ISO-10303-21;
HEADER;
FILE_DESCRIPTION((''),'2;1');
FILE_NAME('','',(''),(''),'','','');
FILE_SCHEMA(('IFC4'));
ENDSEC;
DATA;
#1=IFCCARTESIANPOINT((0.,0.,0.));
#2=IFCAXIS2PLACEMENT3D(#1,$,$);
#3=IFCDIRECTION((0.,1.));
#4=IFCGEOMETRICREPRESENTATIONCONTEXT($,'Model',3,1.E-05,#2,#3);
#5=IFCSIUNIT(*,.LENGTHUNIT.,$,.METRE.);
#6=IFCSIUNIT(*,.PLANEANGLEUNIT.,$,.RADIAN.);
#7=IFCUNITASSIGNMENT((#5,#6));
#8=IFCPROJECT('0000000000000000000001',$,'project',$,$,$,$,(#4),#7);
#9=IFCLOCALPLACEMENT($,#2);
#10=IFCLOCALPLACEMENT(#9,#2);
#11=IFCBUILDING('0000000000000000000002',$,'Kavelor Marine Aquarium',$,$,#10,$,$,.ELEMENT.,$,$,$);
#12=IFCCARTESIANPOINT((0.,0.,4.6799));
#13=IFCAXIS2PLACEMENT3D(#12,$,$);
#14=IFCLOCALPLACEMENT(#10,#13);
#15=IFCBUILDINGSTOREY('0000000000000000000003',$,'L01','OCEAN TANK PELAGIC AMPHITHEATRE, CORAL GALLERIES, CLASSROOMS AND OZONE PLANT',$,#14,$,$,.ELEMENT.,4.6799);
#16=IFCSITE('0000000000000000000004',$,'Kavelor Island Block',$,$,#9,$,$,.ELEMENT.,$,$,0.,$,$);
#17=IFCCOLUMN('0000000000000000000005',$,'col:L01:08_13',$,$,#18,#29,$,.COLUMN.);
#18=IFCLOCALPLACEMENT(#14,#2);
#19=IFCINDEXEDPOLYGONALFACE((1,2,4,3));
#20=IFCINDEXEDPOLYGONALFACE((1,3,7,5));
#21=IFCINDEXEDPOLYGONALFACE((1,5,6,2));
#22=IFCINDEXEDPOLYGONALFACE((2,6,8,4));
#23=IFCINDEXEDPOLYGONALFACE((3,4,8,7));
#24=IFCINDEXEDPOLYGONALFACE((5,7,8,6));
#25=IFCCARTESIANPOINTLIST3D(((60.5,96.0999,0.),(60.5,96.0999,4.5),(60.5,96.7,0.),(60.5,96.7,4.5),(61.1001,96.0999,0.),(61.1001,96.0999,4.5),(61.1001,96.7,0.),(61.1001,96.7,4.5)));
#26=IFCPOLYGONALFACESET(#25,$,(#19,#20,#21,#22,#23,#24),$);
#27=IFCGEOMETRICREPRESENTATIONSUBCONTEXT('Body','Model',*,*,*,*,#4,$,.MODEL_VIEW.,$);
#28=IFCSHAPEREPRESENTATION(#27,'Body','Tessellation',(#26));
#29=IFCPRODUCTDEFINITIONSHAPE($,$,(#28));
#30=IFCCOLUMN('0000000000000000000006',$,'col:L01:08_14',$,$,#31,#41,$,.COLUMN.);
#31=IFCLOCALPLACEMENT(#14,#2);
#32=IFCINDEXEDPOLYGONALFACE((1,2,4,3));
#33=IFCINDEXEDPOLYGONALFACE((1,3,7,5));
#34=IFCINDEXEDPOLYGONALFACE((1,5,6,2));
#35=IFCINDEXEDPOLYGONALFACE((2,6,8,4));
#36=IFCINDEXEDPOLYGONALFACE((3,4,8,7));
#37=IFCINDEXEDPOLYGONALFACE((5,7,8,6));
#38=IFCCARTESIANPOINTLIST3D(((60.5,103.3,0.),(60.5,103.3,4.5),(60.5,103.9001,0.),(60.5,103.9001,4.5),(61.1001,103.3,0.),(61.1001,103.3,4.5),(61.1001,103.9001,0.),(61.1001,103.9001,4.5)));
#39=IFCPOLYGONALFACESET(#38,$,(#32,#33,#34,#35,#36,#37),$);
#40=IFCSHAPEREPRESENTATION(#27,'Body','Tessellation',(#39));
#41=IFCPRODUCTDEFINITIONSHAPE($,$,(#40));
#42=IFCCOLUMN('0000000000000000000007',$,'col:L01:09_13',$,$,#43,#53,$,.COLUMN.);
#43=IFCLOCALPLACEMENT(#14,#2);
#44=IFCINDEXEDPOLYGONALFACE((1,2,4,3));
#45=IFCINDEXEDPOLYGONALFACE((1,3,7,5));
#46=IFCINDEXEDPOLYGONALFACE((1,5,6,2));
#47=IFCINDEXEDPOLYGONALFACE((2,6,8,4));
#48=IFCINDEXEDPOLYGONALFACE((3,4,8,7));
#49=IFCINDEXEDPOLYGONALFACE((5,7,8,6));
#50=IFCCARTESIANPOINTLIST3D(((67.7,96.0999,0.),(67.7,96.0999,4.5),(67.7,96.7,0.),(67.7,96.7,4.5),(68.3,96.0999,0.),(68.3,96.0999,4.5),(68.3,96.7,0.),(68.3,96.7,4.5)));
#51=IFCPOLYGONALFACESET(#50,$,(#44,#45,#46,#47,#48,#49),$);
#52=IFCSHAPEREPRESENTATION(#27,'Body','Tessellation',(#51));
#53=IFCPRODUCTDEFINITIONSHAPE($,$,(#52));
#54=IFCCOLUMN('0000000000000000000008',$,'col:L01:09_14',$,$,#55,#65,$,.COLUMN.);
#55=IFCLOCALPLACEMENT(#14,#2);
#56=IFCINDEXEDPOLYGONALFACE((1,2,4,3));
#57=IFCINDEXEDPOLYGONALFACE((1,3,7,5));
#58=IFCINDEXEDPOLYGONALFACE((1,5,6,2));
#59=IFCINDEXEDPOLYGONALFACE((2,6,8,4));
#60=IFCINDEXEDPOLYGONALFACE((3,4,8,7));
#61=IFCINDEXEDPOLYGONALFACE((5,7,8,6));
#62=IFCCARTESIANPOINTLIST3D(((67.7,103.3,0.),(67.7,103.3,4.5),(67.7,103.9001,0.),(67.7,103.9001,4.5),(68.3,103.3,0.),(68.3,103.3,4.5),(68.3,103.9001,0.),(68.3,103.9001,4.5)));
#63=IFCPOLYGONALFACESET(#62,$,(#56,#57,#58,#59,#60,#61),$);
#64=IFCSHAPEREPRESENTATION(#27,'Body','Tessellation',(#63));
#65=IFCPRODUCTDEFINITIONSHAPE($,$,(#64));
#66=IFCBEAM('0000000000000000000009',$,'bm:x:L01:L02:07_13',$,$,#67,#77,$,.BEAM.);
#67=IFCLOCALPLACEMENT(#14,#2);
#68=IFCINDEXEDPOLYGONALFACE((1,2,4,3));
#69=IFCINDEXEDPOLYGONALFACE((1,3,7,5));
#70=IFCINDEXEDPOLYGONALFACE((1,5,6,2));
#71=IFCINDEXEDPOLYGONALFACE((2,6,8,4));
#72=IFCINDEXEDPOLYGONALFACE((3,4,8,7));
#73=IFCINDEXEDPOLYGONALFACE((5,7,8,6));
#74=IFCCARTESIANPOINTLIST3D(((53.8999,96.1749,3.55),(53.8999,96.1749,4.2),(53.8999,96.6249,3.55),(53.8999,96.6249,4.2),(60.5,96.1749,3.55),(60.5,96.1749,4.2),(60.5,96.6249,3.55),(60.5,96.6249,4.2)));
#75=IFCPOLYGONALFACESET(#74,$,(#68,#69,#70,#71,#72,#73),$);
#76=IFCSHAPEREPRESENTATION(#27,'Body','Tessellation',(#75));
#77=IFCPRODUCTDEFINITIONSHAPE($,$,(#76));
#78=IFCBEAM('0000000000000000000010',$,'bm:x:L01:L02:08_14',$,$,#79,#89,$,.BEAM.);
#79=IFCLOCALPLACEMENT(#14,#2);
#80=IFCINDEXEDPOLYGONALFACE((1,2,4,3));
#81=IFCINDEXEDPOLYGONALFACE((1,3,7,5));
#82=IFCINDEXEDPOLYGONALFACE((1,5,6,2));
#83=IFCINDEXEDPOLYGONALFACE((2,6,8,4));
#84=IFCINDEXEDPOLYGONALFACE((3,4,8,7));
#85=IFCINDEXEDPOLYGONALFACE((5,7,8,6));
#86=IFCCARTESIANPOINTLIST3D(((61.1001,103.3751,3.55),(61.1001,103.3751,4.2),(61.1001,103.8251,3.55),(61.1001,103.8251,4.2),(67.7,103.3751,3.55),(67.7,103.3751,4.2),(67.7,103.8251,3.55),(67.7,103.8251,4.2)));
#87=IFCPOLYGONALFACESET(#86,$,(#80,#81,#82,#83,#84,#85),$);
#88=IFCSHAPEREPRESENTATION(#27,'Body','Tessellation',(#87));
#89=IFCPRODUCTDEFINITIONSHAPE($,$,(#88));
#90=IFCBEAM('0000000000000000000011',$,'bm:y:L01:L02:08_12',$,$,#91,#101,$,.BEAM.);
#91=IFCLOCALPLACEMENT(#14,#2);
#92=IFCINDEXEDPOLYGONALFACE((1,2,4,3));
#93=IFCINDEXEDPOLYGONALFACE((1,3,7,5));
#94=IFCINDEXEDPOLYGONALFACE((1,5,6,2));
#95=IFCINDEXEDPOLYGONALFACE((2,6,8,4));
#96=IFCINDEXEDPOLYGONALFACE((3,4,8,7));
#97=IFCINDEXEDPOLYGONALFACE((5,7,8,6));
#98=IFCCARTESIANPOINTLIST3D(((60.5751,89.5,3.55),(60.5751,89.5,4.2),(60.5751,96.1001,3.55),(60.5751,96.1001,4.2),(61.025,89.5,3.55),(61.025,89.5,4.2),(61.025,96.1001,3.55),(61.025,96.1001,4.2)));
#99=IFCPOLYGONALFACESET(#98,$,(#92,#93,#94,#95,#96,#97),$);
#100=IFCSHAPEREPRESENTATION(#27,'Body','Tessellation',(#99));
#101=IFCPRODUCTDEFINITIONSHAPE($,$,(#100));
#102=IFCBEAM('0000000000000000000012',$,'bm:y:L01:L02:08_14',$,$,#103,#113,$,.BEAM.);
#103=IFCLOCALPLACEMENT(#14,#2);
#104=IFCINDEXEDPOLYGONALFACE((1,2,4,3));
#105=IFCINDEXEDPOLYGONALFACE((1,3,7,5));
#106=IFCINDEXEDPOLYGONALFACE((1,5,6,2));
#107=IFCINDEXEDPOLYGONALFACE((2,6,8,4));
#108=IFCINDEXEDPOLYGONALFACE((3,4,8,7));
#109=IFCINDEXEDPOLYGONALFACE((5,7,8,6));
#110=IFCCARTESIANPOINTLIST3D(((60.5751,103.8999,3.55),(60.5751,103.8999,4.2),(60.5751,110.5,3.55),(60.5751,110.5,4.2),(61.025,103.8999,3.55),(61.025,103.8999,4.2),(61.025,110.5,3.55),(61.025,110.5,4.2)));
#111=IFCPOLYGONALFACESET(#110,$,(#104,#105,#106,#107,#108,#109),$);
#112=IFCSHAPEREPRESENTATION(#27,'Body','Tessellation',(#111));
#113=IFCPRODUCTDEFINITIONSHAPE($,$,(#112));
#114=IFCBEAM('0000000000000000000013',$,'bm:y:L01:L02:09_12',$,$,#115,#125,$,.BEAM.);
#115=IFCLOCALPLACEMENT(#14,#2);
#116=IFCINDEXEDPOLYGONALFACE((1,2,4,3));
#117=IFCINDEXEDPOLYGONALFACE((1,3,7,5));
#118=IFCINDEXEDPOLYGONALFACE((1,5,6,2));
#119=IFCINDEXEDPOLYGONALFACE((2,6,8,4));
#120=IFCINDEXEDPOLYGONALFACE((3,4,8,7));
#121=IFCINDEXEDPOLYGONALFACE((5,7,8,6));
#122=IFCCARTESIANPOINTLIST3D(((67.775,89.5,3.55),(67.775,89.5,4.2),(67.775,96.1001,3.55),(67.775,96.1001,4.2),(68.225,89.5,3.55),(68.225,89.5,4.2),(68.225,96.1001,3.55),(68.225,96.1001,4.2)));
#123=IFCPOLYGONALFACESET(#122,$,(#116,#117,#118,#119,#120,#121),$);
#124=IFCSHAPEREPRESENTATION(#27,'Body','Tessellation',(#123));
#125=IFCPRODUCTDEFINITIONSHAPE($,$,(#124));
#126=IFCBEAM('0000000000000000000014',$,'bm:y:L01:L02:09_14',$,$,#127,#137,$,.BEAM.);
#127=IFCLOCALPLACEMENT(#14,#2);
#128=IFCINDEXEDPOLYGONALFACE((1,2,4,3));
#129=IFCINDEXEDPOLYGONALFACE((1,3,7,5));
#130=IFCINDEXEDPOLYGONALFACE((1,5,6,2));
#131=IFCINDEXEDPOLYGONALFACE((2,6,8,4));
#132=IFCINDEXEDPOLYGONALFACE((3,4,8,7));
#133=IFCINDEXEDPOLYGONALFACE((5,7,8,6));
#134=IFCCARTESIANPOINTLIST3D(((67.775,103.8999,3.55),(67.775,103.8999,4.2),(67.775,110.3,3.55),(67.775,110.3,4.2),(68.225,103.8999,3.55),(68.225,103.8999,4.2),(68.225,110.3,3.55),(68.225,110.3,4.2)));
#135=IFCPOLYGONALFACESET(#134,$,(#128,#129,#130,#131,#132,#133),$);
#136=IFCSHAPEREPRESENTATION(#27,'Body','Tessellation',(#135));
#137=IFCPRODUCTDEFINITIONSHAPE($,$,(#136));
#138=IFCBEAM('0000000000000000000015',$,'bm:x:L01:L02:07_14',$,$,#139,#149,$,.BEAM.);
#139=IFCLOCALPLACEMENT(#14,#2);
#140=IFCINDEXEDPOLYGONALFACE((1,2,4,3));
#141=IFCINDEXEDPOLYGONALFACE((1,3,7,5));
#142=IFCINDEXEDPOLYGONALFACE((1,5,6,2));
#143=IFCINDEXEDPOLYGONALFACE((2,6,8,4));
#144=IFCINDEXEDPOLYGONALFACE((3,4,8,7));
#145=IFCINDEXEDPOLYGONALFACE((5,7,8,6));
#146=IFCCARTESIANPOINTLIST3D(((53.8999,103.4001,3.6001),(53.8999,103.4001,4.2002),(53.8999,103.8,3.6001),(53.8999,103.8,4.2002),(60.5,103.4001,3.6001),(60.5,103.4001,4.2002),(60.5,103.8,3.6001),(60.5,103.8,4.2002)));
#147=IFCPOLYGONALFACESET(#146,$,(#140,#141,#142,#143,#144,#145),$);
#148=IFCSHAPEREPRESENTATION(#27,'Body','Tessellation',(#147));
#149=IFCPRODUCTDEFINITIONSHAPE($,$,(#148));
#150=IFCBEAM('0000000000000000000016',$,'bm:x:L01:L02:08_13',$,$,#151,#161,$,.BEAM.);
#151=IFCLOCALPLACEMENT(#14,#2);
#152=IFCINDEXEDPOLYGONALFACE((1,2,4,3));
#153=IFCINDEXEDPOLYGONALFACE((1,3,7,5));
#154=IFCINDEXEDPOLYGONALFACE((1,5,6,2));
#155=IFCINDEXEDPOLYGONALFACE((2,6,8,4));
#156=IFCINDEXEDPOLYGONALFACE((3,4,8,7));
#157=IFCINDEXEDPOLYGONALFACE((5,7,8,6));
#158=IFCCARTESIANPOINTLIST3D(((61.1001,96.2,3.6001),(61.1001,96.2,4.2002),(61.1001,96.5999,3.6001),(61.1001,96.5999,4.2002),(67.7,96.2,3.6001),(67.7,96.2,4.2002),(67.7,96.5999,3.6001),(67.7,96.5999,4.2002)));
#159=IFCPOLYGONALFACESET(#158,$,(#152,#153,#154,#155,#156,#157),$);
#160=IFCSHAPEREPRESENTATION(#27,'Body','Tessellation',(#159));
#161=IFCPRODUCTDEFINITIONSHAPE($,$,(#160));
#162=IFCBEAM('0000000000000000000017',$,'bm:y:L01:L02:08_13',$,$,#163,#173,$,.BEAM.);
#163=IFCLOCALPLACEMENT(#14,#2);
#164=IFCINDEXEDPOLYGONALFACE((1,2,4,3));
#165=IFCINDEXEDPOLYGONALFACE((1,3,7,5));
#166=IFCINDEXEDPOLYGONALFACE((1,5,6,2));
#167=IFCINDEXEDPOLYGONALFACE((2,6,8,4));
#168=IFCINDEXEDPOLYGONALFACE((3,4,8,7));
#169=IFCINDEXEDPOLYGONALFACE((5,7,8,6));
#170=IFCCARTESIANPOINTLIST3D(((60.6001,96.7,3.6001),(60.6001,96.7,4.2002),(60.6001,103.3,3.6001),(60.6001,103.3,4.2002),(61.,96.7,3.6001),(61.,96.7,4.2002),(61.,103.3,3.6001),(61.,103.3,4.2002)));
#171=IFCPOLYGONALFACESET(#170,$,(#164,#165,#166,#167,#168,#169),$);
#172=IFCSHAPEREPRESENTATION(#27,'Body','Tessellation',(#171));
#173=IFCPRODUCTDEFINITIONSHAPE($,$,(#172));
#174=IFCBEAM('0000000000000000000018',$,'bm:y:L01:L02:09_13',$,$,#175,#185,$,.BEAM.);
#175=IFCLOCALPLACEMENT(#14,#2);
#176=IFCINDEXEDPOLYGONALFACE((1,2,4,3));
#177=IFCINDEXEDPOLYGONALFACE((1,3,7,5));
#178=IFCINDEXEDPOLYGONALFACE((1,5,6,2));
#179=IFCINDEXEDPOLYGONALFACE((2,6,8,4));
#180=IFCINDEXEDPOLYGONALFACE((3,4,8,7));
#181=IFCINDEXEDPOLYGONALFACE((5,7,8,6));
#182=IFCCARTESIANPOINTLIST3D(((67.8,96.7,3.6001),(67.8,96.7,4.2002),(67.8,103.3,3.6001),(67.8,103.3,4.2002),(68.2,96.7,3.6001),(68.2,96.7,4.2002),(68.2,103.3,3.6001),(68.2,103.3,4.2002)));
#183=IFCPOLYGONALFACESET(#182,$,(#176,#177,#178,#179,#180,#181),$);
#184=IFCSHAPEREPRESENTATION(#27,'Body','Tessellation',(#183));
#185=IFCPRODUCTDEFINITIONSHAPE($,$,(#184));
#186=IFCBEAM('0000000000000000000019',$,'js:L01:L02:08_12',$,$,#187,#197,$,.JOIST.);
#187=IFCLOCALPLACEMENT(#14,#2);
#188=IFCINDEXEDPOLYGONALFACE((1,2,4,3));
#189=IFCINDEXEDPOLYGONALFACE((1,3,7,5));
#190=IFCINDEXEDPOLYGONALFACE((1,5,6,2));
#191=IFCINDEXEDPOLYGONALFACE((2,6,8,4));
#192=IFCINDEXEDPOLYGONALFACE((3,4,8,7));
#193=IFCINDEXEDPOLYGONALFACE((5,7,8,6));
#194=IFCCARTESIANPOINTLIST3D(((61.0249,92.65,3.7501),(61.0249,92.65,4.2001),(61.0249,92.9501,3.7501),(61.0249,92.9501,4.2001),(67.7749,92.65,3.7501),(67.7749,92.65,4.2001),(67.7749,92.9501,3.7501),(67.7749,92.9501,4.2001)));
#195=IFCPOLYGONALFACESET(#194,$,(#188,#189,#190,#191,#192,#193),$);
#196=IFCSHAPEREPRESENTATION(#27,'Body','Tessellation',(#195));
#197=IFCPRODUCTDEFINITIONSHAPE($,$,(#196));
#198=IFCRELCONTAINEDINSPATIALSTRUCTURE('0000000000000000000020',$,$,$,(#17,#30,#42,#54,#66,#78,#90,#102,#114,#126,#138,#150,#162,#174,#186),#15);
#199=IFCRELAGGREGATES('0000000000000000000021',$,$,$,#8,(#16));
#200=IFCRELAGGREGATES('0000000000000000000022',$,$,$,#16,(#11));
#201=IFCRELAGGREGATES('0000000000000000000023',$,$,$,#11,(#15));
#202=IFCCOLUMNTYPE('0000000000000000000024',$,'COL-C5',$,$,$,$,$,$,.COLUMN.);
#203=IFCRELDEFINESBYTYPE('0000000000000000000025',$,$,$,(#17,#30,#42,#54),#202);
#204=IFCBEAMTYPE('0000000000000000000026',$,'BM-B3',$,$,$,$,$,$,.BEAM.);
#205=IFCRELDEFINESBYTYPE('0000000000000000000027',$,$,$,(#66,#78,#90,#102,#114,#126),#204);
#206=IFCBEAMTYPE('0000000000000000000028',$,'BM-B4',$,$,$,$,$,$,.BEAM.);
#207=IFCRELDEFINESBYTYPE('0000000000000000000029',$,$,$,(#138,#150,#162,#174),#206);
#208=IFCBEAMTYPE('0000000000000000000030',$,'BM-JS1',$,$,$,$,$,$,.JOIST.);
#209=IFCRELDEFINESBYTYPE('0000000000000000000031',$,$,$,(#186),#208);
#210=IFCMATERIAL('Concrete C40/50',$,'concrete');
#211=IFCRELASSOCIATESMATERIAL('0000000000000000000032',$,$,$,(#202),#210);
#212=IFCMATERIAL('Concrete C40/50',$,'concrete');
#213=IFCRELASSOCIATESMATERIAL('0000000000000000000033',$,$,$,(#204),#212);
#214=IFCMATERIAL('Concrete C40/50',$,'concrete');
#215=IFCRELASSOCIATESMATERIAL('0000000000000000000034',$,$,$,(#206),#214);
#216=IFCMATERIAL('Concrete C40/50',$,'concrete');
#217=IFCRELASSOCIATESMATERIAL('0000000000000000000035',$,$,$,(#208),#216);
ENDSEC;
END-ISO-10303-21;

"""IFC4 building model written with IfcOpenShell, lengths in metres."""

from ifc_helpers import new_model, si_unit, direction, frame, origin, origin_2d, place, context, subcontext, project, spatial, rectangle, extrude, material, material_profile, profile_set, type_object, element, save


model = new_model("IFC4")

# Units and contexts
model_context = context("Model", 3, precision=1e-05, world=origin(), true_north=direction((0.0, 1.0)))
body_context = subcontext(model_context, "Body", "Model", "MODEL_VIEW")
ifc_project = project(units=[si_unit("LENGTHUNIT", "METRE"), si_unit("PLANEANGLEUNIT", "RADIAN")], contexts=[model_context])

# Site, building, storey
site_placement = place(None, origin())
site = spatial("IfcSite", under=ifc_project, at=site_placement, Name="Kavelor Island Block", CompositionType="ELEMENT", RefElevation=0.0)
building_placement = place(site_placement, origin())
building = spatial("IfcBuilding", under=site, at=building_placement, Name="Kavelor Marine Aquarium", CompositionType="ELEMENT")
storey_placement = place(building_placement, frame((0.0, 0.0, 4.6799)))
storey = spatial("IfcBuildingStorey", under=building, at=storey_placement, Name="L01", Description="OCEAN TANK PELAGIC AMPHITHEATRE, CORAL GALLERIES, CLASSROOMS AND OZONE PLANT", CompositionType="ELEMENT", Elevation=4.6799)

# Columns
ifc_material_1 = material(Name="Concrete C40/50", Category="concrete")
ifc_material_profile_1 = material_profile(ifc_material_1, rectangle(XDim=0.6001, YDim=0.6001, at=origin_2d()), Name="RC-COL 600x600")
ifc_profile_set_1 = profile_set([ifc_material_profile_1], Name="Concrete C40/50")
column_type = type_object("IfcColumnType", Name="COL-C5", PredefinedType="COLUMN", material=ifc_profile_set_1)
for number, where, z_axis, x_axis, name in (
    (1, (60.8, 96.3999, 0.0), (0.0, 0.0, 1.0), (1.0, 0.0, 0.0), "col:L01:08_13"),
    (2, (60.8, 103.6001, 0.0), (0.0, 0.0, 1.0), (1.0, 0.0, 0.0), "col:L01:08_14"),
    (3, (68.0, 96.3999, 0.0), (0.0, 0.0, 1.0), (1.0, 0.0, 0.0), "col:L01:09_13"),
    (4, (68.0, 103.6001, 0.0), (0.0, 0.0, 1.0), (1.0, 0.0, 0.0), "col:L01:09_14"),
):
    element("IfcColumn", number, at=place(storey_placement, frame(where, z_axis=z_axis, x_axis=x_axis)), inside=storey, type_object=column_type, Name=name, PredefinedType="COLUMN", context=body_context, shape_type="SweptSolid", body=[
        extrude(rectangle(XDim=0.6001, YDim=0.6001, at=origin_2d()), origin(), (0.0, 0.0, 1.0), 4.5),
    ])

# Beams
ifc_material_2 = material(Name="Concrete C40/50", Category="concrete")
ifc_material_profile_2 = material_profile(ifc_material_2, rectangle(XDim=0.45, YDim=0.6499, at=origin_2d()), Name="RC-BM 450x650")
ifc_profile_set_2 = profile_set([ifc_material_profile_2], Name="Concrete C40/50")
beam_type_1 = type_object("IfcBeamType", Name="BM-B3", PredefinedType="BEAM", material=ifc_profile_set_2)
beam_1_placement = place(storey_placement, frame((53.8999, 96.3999, 3.875), z_axis=(1.0, 0.0, 0.0), x_axis=(0.0, 1.0, 0.0)))
element("IfcBeam", 5, at=beam_1_placement, inside=storey, type_object=beam_type_1, Name="bm:x:L01:L02:07_13", PredefinedType="BEAM", context=body_context, shape_type="SweptSolid", body=[
    extrude(rectangle(XDim=0.45, YDim=0.6499, at=origin_2d()), origin(), (0.0, 0.0, 1.0), 6.6001),
])
beam_2_placement = place(storey_placement, frame((61.1001, 103.6001, 3.875), z_axis=(1.0, 0.0, 0.0), x_axis=(0.0, 1.0, 0.0)))
element("IfcBeam", 6, at=beam_2_placement, inside=storey, type_object=beam_type_1, Name="bm:x:L01:L02:08_14", PredefinedType="BEAM", context=body_context, shape_type="SweptSolid", body=[
    extrude(rectangle(XDim=0.45, YDim=0.6499, at=origin_2d()), origin(), (0.0, 0.0, 1.0), 6.5999),
])
for number, where, z_axis, x_axis, name in (
    (7, (60.8, 89.5, 3.875), (0.0, 1.0, 0.0), (-1.0, 0.0, 0.0), "bm:y:L01:L02:08_12"),
    (8, (60.8, 103.8999, 3.875), (0.0, 1.0, 0.0), (-1.0, 0.0, 0.0), "bm:y:L01:L02:08_14"),
    (9, (68.0, 89.5, 3.875), (0.0, 1.0, 0.0), (-1.0, 0.0, 0.0), "bm:y:L01:L02:09_12"),
):
    element("IfcBeam", number, at=place(storey_placement, frame(where, z_axis=z_axis, x_axis=x_axis)), inside=storey, type_object=beam_type_1, Name=name, PredefinedType="BEAM", context=body_context, shape_type="SweptSolid", body=[
        extrude(rectangle(XDim=0.45, YDim=0.6499, at=origin_2d()), origin(), (0.0, 0.0, 1.0), 6.6001),
    ])
beam_3_placement = place(storey_placement, frame((68.0, 103.8999, 3.875), z_axis=(0.0, 1.0, 0.0), x_axis=(-1.0, 0.0, 0.0)))
element("IfcBeam", 10, at=beam_3_placement, inside=storey, type_object=beam_type_1, Name="bm:y:L01:L02:09_14", PredefinedType="BEAM", context=body_context, shape_type="SweptSolid", body=[
    extrude(rectangle(XDim=0.45, YDim=0.6499, at=origin_2d()), origin(), (0.0, 0.0, 1.0), 6.4001),
])
ifc_material_3 = material(Name="Concrete C40/50", Category="concrete")
ifc_material_profile_3 = material_profile(ifc_material_3, rectangle(XDim=0.3999, YDim=0.6001, at=origin_2d()), Name="RC-BM 400x600")
ifc_profile_set_3 = profile_set([ifc_material_profile_3], Name="Concrete C40/50")
beam_type_2 = type_object("IfcBeamType", Name="BM-B4", PredefinedType="BEAM", material=ifc_profile_set_3)
beam_4_placement = place(storey_placement, frame((53.8999, 103.6001, 3.9001), z_axis=(1.0, 0.0, 0.0), x_axis=(0.0, 1.0, 0.0)))
element("IfcBeam", 11, at=beam_4_placement, inside=storey, type_object=beam_type_2, Name="bm:x:L01:L02:07_14", PredefinedType="BEAM", context=body_context, shape_type="SweptSolid", body=[
    extrude(rectangle(XDim=0.3999, YDim=0.6001, at=origin_2d()), origin(), (0.0, 0.0, 1.0), 6.6001),
])
beam_5_placement = place(storey_placement, frame((61.1001, 96.3999, 3.9001), z_axis=(1.0, 0.0, 0.0), x_axis=(0.0, 1.0, 0.0)))
element("IfcBeam", 12, at=beam_5_placement, inside=storey, type_object=beam_type_2, Name="bm:x:L01:L02:08_13", PredefinedType="BEAM", context=body_context, shape_type="SweptSolid", body=[
    extrude(rectangle(XDim=0.3999, YDim=0.6001, at=origin_2d()), origin(), (0.0, 0.0, 1.0), 6.5999),
])
for number, where, z_axis, x_axis, name in (
    (13, (60.8, 96.7, 3.9001), (0.0, 1.0, 0.0), (-1.0, 0.0, 0.0), "bm:y:L01:L02:08_13"),
    (14, (68.0, 96.7, 3.9001), (0.0, 1.0, 0.0), (-1.0, 0.0, 0.0), "bm:y:L01:L02:09_13"),
):
    element("IfcBeam", number, at=place(storey_placement, frame(where, z_axis=z_axis, x_axis=x_axis)), inside=storey, type_object=beam_type_2, Name=name, PredefinedType="BEAM", context=body_context, shape_type="SweptSolid", body=[
        extrude(rectangle(XDim=0.3999, YDim=0.6001, at=origin_2d()), origin(), (0.0, 0.0, 1.0), 6.6001),
    ])
ifc_material_4 = material(Name="Concrete C40/50", Category="concrete")
ifc_material_profile_4 = material_profile(ifc_material_4, rectangle(XDim=0.3, YDim=0.45, at=origin_2d()), Name="RC-JS 300x450")
ifc_profile_set_4 = profile_set([ifc_material_profile_4], Name="Concrete C40/50")
beam_type_3 = type_object("IfcBeamType", Name="BM-JS1", PredefinedType="JOIST", material=ifc_profile_set_4)
beam_6_placement = place(storey_placement, frame((61.0249, 92.8, 3.9751), z_axis=(1.0, 0.0, 0.0), x_axis=(0.0, 1.0, 0.0)))
element("IfcBeam", 15, at=beam_6_placement, inside=storey, type_object=beam_type_3, Name="js:L01:L02:08_12", PredefinedType="JOIST", context=body_context, shape_type="SweptSolid", body=[
    extrude(rectangle(XDim=0.3, YDim=0.45, at=origin_2d()), origin(), (0.0, 0.0, 1.0), 6.75),
])

save(model, "model.ifc")
